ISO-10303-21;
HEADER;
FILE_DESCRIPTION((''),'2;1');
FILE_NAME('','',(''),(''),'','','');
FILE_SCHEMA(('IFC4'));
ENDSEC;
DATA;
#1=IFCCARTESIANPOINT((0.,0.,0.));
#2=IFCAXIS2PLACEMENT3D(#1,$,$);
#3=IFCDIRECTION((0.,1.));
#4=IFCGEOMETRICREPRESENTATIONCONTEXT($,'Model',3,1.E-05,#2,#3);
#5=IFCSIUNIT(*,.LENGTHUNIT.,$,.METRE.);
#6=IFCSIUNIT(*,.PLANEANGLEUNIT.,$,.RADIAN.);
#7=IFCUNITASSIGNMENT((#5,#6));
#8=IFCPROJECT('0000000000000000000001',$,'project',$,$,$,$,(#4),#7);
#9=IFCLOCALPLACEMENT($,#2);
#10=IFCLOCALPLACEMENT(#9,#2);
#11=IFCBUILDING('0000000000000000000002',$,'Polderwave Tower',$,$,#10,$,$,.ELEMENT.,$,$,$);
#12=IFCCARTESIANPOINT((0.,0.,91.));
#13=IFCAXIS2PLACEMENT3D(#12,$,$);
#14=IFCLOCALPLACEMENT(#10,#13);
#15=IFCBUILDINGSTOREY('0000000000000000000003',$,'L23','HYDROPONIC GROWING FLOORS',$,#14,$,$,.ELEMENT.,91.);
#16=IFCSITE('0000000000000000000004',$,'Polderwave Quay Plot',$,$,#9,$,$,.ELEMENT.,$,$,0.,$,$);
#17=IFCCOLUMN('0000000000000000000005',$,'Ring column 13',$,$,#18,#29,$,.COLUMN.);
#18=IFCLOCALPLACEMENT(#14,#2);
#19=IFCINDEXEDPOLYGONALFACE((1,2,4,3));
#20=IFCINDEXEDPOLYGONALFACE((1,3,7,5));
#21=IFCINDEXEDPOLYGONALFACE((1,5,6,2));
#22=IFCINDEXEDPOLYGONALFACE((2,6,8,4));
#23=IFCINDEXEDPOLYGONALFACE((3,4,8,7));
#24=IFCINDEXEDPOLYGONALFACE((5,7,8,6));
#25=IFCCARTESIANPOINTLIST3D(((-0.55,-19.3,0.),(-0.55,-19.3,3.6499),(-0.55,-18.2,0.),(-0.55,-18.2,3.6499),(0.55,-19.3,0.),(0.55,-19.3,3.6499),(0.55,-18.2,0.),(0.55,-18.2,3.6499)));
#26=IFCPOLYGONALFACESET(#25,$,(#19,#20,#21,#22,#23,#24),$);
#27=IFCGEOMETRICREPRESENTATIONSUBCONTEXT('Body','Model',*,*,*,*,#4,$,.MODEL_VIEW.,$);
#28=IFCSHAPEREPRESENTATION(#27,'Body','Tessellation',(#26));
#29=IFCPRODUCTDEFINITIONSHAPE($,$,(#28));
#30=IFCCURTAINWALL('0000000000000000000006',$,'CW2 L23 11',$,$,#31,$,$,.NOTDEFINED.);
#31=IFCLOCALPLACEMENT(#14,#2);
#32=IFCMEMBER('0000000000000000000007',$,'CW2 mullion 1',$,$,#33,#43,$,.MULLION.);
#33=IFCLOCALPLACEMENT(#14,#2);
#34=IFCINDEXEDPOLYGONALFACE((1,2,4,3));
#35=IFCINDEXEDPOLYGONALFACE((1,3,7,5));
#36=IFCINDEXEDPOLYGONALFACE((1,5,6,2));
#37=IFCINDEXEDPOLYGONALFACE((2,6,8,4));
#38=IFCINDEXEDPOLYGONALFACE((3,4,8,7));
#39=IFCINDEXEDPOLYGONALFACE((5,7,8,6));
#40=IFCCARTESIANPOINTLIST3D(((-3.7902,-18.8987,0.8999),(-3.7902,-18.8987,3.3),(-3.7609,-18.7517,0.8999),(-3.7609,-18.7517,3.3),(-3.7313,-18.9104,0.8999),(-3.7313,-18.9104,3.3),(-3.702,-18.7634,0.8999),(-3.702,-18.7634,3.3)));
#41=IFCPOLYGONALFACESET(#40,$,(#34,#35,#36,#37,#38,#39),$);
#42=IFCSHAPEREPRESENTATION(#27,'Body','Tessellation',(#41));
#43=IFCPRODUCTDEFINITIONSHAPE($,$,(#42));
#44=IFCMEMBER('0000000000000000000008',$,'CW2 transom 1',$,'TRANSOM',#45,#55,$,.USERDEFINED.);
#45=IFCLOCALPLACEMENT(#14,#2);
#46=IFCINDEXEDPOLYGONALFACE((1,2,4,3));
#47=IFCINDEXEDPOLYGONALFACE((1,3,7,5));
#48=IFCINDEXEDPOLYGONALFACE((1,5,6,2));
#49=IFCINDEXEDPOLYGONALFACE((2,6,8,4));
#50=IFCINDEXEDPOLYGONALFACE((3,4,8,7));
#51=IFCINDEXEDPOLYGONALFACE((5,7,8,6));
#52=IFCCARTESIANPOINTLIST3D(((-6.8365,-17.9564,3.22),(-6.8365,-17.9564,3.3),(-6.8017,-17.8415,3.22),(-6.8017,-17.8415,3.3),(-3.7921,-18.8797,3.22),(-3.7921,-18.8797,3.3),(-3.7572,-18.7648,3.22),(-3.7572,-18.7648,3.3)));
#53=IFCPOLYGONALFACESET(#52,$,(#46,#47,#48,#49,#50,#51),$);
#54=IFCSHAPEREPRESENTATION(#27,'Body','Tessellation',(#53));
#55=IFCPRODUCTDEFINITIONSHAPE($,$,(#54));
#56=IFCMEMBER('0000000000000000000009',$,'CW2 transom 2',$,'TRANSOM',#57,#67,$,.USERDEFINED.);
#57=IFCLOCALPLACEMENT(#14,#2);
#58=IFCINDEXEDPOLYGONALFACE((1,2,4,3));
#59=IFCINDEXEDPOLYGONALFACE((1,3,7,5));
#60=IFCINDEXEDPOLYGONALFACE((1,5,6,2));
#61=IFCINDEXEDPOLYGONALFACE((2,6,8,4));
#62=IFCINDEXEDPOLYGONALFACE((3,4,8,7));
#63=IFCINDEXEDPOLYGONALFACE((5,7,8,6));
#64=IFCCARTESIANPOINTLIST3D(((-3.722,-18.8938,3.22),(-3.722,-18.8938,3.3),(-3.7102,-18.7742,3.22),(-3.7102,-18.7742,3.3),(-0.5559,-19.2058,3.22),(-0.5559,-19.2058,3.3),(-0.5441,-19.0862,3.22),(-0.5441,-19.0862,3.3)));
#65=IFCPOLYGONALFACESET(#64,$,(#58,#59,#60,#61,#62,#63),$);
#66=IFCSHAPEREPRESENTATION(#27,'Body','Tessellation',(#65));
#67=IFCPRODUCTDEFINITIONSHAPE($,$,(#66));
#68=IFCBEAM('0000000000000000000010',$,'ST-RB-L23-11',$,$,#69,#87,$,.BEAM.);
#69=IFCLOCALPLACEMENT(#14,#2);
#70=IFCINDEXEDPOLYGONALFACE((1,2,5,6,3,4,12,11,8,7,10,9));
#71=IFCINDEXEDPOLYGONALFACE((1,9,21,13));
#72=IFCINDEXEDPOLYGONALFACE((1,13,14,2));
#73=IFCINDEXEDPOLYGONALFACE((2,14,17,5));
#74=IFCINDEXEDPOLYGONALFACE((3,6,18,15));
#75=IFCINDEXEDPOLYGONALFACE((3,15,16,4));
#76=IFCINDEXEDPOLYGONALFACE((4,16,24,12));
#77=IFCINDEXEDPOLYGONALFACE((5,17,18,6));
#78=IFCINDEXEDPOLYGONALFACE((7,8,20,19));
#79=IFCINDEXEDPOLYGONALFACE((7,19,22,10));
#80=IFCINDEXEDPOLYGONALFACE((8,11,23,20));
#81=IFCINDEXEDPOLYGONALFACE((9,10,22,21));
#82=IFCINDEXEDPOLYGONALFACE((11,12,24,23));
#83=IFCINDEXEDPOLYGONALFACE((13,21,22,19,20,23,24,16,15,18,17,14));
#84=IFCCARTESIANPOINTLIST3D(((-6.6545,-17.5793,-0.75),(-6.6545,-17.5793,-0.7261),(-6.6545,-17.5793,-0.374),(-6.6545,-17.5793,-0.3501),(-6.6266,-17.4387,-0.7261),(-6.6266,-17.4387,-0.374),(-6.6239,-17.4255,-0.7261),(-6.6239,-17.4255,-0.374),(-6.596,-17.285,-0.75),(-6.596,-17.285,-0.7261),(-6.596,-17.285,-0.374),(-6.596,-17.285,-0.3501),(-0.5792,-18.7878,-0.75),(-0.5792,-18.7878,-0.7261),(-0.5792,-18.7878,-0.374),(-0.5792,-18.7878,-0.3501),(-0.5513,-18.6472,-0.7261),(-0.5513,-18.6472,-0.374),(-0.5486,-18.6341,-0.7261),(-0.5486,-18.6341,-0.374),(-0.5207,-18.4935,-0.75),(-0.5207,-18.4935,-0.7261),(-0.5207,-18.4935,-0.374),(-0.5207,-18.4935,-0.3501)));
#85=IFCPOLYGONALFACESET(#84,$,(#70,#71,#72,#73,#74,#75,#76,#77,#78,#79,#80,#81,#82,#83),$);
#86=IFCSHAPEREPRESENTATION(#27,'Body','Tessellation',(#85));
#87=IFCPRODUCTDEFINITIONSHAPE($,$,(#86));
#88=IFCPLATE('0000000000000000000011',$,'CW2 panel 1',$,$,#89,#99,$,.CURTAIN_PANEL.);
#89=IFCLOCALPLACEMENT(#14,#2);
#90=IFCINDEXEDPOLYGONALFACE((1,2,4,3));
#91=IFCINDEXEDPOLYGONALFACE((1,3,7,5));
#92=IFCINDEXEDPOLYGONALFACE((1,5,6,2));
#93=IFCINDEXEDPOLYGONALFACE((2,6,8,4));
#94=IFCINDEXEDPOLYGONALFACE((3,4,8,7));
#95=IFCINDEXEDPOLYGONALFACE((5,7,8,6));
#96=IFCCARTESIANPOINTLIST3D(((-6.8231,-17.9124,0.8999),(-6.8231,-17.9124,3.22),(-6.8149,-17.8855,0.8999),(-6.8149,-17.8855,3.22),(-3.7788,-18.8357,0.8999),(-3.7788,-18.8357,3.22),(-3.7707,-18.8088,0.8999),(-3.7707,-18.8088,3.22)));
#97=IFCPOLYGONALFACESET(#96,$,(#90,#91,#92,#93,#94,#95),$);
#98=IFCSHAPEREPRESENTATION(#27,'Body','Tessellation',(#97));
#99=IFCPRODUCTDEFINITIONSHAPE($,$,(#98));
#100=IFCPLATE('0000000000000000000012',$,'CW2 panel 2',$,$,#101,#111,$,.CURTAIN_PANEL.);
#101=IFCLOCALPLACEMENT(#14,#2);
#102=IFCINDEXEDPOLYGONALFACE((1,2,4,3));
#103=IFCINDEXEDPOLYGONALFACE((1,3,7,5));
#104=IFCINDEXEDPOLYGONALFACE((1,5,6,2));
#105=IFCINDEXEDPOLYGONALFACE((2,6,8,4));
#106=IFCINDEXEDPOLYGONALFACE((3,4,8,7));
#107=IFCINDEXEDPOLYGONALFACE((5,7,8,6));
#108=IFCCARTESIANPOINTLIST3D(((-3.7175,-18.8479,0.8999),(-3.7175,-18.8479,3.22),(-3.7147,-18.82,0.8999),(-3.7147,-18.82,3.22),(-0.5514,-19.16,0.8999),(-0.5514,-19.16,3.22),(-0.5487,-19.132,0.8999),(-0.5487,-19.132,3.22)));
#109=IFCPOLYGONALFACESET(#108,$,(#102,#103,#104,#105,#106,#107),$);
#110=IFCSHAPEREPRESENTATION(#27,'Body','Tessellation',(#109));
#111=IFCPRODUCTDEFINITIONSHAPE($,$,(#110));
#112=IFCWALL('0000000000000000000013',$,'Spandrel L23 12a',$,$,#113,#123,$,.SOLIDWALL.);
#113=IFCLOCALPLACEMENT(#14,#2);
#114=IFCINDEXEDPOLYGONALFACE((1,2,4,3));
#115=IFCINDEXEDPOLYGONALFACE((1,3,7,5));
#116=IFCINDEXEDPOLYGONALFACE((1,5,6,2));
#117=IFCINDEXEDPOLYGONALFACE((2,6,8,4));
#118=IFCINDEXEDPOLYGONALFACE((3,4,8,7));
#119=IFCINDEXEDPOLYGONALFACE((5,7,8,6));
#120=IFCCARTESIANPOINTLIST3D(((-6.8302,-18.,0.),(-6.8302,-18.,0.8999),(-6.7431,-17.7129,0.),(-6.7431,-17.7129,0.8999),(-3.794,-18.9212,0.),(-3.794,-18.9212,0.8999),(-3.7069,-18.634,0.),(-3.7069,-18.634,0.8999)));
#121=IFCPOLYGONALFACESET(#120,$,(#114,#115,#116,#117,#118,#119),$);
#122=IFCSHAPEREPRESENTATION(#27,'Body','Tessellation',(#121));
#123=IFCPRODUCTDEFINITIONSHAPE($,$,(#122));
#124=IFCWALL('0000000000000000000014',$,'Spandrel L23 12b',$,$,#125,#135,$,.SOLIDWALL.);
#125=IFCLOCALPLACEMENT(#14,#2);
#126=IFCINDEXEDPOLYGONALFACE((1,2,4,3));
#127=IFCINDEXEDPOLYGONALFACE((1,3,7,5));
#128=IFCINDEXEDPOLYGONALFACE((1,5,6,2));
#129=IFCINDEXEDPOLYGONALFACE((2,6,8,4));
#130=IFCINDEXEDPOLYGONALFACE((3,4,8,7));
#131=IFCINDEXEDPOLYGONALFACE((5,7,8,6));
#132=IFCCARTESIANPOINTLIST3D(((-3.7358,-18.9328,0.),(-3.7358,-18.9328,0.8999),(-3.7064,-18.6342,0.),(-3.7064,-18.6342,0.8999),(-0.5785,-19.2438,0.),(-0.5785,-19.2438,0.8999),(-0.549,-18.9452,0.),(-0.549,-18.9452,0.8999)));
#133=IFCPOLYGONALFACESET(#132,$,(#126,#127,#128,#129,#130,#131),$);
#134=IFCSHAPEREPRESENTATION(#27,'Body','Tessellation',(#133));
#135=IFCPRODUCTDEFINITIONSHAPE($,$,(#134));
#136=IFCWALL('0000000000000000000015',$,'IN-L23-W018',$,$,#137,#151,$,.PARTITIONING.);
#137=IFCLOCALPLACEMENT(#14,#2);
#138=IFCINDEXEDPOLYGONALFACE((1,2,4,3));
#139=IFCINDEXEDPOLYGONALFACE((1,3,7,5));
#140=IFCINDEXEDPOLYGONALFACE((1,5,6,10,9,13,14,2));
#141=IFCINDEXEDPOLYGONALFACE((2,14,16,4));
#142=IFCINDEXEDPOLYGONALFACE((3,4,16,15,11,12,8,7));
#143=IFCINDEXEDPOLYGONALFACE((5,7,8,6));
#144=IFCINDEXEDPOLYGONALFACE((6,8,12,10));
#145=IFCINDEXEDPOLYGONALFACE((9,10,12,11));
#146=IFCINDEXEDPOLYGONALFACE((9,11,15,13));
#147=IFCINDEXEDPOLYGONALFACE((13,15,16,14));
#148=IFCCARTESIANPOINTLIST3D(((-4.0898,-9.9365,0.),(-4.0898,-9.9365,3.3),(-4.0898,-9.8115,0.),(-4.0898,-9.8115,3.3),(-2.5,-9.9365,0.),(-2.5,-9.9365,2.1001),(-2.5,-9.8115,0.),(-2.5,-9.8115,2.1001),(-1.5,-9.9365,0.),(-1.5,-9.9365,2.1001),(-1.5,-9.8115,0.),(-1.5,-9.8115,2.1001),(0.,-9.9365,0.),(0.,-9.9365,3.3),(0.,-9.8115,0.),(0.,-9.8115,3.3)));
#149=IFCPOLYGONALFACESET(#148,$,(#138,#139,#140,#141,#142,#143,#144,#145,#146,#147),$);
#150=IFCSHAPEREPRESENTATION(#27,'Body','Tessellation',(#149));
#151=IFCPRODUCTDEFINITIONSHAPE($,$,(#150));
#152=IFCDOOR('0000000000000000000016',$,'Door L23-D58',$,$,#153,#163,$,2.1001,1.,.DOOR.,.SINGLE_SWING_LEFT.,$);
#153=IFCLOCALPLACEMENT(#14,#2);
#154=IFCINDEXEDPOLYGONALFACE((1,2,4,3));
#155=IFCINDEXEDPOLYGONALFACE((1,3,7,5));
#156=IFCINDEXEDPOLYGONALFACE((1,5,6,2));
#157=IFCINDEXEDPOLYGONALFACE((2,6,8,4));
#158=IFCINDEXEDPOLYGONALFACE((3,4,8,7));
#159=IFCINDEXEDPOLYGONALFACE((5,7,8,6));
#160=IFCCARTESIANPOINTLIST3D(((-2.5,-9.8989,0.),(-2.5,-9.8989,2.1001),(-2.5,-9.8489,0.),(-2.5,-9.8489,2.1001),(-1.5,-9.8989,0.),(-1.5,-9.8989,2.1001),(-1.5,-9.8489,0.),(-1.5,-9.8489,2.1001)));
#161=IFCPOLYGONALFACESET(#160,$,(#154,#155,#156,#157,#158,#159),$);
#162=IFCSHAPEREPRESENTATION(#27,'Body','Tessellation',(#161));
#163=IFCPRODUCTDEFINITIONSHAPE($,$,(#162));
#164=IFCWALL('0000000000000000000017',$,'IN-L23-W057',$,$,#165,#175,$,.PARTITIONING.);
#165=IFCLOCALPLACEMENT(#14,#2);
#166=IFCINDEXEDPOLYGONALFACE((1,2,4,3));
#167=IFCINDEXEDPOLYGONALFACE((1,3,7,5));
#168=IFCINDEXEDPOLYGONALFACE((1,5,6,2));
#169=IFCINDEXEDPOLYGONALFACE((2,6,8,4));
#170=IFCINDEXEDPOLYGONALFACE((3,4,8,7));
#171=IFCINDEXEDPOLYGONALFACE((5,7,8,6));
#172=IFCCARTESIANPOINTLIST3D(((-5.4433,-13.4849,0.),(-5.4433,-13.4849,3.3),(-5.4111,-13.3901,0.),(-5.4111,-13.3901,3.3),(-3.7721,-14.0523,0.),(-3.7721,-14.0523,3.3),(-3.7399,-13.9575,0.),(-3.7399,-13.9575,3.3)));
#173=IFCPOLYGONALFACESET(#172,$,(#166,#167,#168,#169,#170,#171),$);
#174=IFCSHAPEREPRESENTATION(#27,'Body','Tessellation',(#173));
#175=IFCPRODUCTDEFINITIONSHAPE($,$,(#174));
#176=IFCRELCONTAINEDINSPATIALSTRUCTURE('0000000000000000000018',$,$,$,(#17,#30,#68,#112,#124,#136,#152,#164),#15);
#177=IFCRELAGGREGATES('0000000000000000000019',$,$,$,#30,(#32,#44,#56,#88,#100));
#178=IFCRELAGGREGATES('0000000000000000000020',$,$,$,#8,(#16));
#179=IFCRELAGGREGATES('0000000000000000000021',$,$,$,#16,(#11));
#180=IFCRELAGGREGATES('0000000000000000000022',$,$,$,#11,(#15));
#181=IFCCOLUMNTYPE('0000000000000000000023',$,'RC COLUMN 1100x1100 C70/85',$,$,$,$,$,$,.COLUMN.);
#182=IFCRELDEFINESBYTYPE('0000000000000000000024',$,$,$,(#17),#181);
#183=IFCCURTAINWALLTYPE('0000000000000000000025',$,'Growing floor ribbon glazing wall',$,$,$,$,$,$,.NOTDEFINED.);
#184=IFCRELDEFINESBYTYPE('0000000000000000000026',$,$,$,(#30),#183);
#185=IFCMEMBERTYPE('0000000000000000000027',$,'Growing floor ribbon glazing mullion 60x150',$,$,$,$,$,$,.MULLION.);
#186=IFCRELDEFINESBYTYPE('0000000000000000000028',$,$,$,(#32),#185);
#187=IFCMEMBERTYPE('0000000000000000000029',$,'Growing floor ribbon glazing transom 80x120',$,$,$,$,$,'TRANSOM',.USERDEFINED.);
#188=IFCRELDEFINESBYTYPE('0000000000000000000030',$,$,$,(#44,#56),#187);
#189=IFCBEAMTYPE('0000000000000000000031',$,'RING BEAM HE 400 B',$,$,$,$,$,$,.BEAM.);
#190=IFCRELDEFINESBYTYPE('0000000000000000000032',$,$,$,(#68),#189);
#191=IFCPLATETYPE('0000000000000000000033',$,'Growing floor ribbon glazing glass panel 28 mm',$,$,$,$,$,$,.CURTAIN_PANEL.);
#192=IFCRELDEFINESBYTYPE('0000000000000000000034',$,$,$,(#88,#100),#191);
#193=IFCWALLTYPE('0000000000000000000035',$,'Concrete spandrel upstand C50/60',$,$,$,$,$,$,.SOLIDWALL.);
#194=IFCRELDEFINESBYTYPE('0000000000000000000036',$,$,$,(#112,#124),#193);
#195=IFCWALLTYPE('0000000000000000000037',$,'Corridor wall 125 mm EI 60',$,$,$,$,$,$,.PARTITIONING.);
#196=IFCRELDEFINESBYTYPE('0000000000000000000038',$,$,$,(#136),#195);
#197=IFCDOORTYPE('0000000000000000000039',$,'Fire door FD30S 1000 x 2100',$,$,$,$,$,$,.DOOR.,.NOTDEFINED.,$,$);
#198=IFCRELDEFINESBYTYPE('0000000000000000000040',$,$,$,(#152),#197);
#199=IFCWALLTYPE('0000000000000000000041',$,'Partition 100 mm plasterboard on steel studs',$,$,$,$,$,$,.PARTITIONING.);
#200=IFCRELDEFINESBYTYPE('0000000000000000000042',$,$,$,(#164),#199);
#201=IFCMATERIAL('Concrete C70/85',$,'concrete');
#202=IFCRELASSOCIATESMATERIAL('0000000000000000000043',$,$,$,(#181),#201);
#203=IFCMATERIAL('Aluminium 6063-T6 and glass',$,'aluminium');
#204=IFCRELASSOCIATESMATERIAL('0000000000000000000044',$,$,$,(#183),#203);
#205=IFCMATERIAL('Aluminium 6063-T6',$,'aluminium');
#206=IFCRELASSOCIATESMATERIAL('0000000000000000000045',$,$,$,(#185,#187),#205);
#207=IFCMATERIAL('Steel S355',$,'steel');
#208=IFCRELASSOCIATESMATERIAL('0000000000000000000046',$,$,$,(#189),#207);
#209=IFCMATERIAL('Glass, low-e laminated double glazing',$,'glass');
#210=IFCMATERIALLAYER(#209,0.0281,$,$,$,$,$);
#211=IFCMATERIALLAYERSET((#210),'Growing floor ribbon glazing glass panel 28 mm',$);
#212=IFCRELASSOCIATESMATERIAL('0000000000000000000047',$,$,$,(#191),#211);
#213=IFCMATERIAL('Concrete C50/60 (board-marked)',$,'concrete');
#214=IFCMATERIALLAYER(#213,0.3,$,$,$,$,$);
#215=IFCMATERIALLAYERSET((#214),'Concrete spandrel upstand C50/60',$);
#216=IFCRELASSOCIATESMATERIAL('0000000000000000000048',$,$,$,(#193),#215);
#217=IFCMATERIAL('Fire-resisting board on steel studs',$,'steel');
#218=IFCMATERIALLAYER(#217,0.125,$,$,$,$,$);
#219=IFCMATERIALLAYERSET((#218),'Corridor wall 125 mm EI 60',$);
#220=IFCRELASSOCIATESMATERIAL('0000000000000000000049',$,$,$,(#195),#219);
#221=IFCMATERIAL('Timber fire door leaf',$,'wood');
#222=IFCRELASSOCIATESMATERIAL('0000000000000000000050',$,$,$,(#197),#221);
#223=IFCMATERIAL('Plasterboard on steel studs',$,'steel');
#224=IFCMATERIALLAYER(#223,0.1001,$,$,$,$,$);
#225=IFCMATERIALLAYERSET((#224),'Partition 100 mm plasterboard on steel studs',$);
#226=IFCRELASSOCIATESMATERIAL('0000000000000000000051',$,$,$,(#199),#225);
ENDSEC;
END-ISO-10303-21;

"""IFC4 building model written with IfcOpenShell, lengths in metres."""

from ifc_helpers import new_model, si_unit, direction, frame, frame_2d, origin, origin_2d, place, context, subcontext, project, spatial, rectangle, i_section, extrude, material, layer, layer_set, material_profile, profile_set, type_object, element, fill, aggregate, save


model = new_model("IFC4")

# Units and contexts
model_context = context("Model", 3, precision=1e-05, world=origin(), true_north=direction((0.0, 1.0)))
body_context = subcontext(model_context, "Body", "Model", "MODEL_VIEW")
ifc_project = project(units=[si_unit("LENGTHUNIT", "METRE"), si_unit("PLANEANGLEUNIT", "RADIAN")], contexts=[model_context])

# Site, building, storey
site_placement = place(None, origin())
site = spatial("IfcSite", under=ifc_project, at=site_placement, Name="Polderwave Quay Plot", CompositionType="ELEMENT", RefElevation=0.0)
building_placement = place(site_placement, origin())
building = spatial("IfcBuilding", under=site, at=building_placement, Name="Polderwave Tower", CompositionType="ELEMENT")
storey_placement = place(building_placement, frame((0.0, 0.0, 91.0)))
storey = spatial("IfcBuildingStorey", under=building, at=storey_placement, Name="L23", Description="HYDROPONIC GROWING FLOORS", CompositionType="ELEMENT", Elevation=91.0)

# Column
ifc_material_1 = material(Name="Concrete C70/85", Category="concrete")
ifc_material_profile_1 = material_profile(ifc_material_1, rectangle(XDim=1.1001, YDim=1.1001, at=origin_2d()), Name="RC 1100x1100")
ifc_profile_set_1 = profile_set([ifc_material_profile_1], Name="Concrete C70/85")
column_type = type_object("IfcColumnType", Name="RC COLUMN 1100x1100 C70/85", PredefinedType="COLUMN", material=ifc_profile_set_1)
column_placement = place(storey_placement, frame((0.0, -18.75, 0.0), z_axis=(0.0, 0.0, 1.0), x_axis=(0.0, -1.0, 0.0)))
element("IfcColumn", 1, at=column_placement, inside=storey, type_object=column_type, Name="Ring column 13", PredefinedType="COLUMN", context=body_context, shape_type="SweptSolid", body=[
    extrude(rectangle(XDim=1.1001, YDim=1.1001, at=origin_2d()), origin(), (0.0, 0.0, 1.0), 3.6499),
])

# Curtain wall, members
ifc_material_2 = material(Name="Aluminium 6063-T6 and glass", Category="aluminium")
curtain_wall_type = type_object("IfcCurtainWallType", Name="Growing floor ribbon glazing wall", PredefinedType="NOTDEFINED", material=ifc_material_2)
curtain_wall_placement = place(storey_placement, origin())
curtain_wall = element("IfcCurtainWall", 2, at=curtain_wall_placement, inside=storey, type_object=curtain_wall_type, Name="CW2 L23 11", PredefinedType="NOTDEFINED")
ifc_material_3 = material(Name="Aluminium 6063-T6", Category="aluminium")
ifc_material_profile_2 = material_profile(ifc_material_3, rectangle(XDim=0.1499, YDim=0.0601, at=origin_2d()), Name="AL 60x150")
ifc_profile_set_2 = profile_set([ifc_material_profile_2], Name="Aluminium 6063-T6")
member_type_1 = type_object("IfcMemberType", Name="Growing floor ribbon glazing mullion 60x150", PredefinedType="MULLION", material=ifc_profile_set_2)
member_1_placement = place(storey_placement, frame((-3.7461, -18.8311, 0.8999), z_axis=(0.0, 0.0, 1.0), x_axis=(0.195097, 0.980784, 0.0)))
member_1 = element("IfcMember", 3, at=member_1_placement, type_object=member_type_1, Name="CW2 mullion 1", PredefinedType="MULLION", context=body_context, shape_type="SweptSolid", body=[
    extrude(rectangle(XDim=0.1499, YDim=0.0601, at=origin_2d()), origin(), (0.0, 0.0, 1.0), 2.4001),
])
ifc_material_profile_3 = material_profile(ifc_material_3, rectangle(XDim=0.1201, YDim=0.0801, at=origin_2d()), Name="AL 80x120")
ifc_profile_set_3 = profile_set([ifc_material_profile_3], Name="Aluminium 6063-T6")
member_type_2 = type_object("IfcMemberType", Name="Growing floor ribbon glazing transom 80x120", ElementType="TRANSOM", PredefinedType="USERDEFINED", material=ifc_profile_set_3)
member_2_placement = place(storey_placement, frame((-6.8191, -17.8989, 3.26), z_axis=(0.956956, -0.290233, 0.0), x_axis=(0.290233, 0.956956, 0.0)))
member_2 = element("IfcMember", 4, at=member_2_placement, type_object=member_type_2, Name="CW2 transom 1", ObjectType="TRANSOM", PredefinedType="USERDEFINED", context=body_context, shape_type="SweptSolid", body=[
    extrude(rectangle(XDim=0.1201, YDim=0.0801, at=origin_2d()), origin(), (0.0, 0.0, 1.0), 3.1814),
])
member_3_placement = place(storey_placement, frame((-3.7161, -18.834, 3.26), z_axis=(0.995179, -0.098075, 0.0), x_axis=(0.098075, 0.995179, 0.0)))
member_3 = element("IfcMember", 5, at=member_3_placement, type_object=member_type_2, Name="CW2 transom 2", ObjectType="TRANSOM", PredefinedType="USERDEFINED", context=body_context, shape_type="SweptSolid", body=[
    extrude(rectangle(XDim=0.1201, YDim=0.0801, at=origin_2d()), origin(), (0.0, 0.0, 1.0), 3.1814),
])

# Beam
ifc_material_4 = material(Name="Steel S355", Category="steel")
ifc_material_profile_4 = material_profile(ifc_material_4, i_section(OverallWidth=0.3, OverallDepth=0.3999, WebThickness=0.0134, FlangeThickness=0.0239, at=origin_2d()), Name="HE 400 B")
ifc_profile_set_4 = profile_set([ifc_material_profile_4], Name="Steel S355")
beam_type = type_object("IfcBeamType", Name="RING BEAM HE 400 B", PredefinedType="BEAM", material=ifc_profile_set_4)
beam_placement = place(storey_placement, frame((-6.6252, -17.4321, -0.55), z_axis=(0.980783, -0.1951, 0.0), x_axis=(0.1951, 0.980783, 0.0)))
element("IfcBeam", 6, at=beam_placement, inside=storey, type_object=beam_type, Name="ST-RB-L23-11", PredefinedType="BEAM", context=body_context, shape_type="SweptSolid", body=[
    extrude(i_section(OverallWidth=0.3, OverallDepth=0.3999, WebThickness=0.0134, FlangeThickness=0.0239, at=origin_2d()), origin(), (0.0, 0.0, 1.0), 6.1943),
])

# Plates
ifc_material_5 = material(Name="Glass, low-e laminated double glazing", Category="glass")
ifc_layer_1 = layer(ifc_material_5, 0.0281)
ifc_layer_set_1 = layer_set([ifc_layer_1], Name="Growing floor ribbon glazing glass panel 28 mm")
plate_type = type_object("IfcPlateType", Name="Growing floor ribbon glazing glass panel 28 mm", PredefinedType="CURTAIN_PANEL", material=ifc_layer_set_1)
plate_1_placement = place(storey_placement, frame((-5.2969, -18.3606, 0.8999), z_axis=(0.0, 0.0, 1.0), x_axis=(0.956956, -0.290233, 0.0)))
plate_1 = element("IfcPlate", 7, at=plate_1_placement, type_object=plate_type, Name="CW2 panel 1", PredefinedType="CURTAIN_PANEL", context=body_context, shape_type="SweptSolid", body=[
    extrude(rectangle(XDim=3.1812, YDim=0.0281, at=origin_2d()), origin(), (0.0, 0.0, 1.0), 2.3201),
])
plate_2_placement = place(storey_placement, frame((-2.1331, -18.99, 0.8999), z_axis=(0.0, 0.0, 1.0), x_axis=(0.995178, -0.098085, 0.0)))
plate_2 = element("IfcPlate", 8, at=plate_2_placement, type_object=plate_type, Name="CW2 panel 2", PredefinedType="CURTAIN_PANEL", context=body_context, shape_type="SweptSolid", body=[
    extrude(rectangle(XDim=3.1814, YDim=0.0281, at=origin_2d()), origin(), (0.0, 0.0, 1.0), 2.3201),
])
aggregate(curtain_wall, [member_1, member_2, member_3, plate_1, plate_2])

# Walls
ifc_material_6 = material(Name="Concrete C50/60 (board-marked)", Category="concrete")
ifc_layer_2 = layer(ifc_material_6, 0.3)
ifc_layer_set_2 = layer_set([ifc_layer_2], Name="Concrete spandrel upstand C50/60")
wall_type_1 = type_object("IfcWallType", Name="Concrete spandrel upstand C50/60", PredefinedType="SOLIDWALL", material=ifc_layer_set_2)
wall_1_placement = place(storey_placement, frame((-6.7866, -17.8564, 0.0), z_axis=(0.0, 0.0, 1.0), x_axis=(0.956928, -0.290326, 0.0)))
element("IfcWall", 9, at=wall_1_placement, inside=storey, type_object=wall_type_1, Name="Spandrel L23 12a", PredefinedType="SOLIDWALL", context=body_context, shape_type="SweptSolid", body=[
    extrude(rectangle(XDim=3.1729, YDim=0.3, at=frame_2d((1.5864, 0.0))), origin(), (0.0, 0.0, 1.0), 0.8999),
])
wall_2_placement = place(storey_placement, frame((-3.7212, -18.7834, 0.0), z_axis=(0.0, 0.0, 1.0), x_axis=(0.995182, -0.098041, 0.0)))
element("IfcWall", 10, at=wall_2_placement, inside=storey, type_object=wall_type_1, Name="Spandrel L23 12b", PredefinedType="SOLIDWALL", context=body_context, shape_type="SweptSolid", body=[
    extrude(rectangle(XDim=3.1726, YDim=0.3, at=frame_2d((1.5864, 0.0))), origin(), (0.0, 0.0, 1.0), 0.8999),
])

# Wall, opening, door
ifc_material_7 = material(Name="Fire-resisting board on steel studs", Category="steel")
ifc_layer_3 = layer(ifc_material_7, 0.125)
ifc_layer_set_3 = layer_set([ifc_layer_3], Name="Corridor wall 125 mm EI 60")
wall_type_2 = type_object("IfcWallType", Name="Corridor wall 125 mm EI 60", PredefinedType="PARTITIONING", material=ifc_layer_set_3)
wall_3_placement = place(storey_placement, frame((0.0, -9.874, 0.0), z_axis=(0.0, 0.0, 1.0), x_axis=(-1.0, 0.0, 0.0)))
wall_3 = element("IfcWall", 11, at=wall_3_placement, inside=storey, type_object=wall_type_2, Name="IN-L23-W018", PredefinedType="PARTITIONING", context=body_context, shape_type="SweptSolid", body=[
    extrude(rectangle(XDim=4.0898, YDim=0.125, at=frame_2d((2.0449, 0.0))), origin(), (0.0, 0.0, 1.0), 3.3),
])
opening_1_placement = place(wall_3_placement, frame((1.5, 0.0, 0.0)))
opening_1 = element("IfcOpeningElement", 12, at=opening_1_placement, cuts=wall_3, PredefinedType="OPENING", context=body_context, shape_type="SweptSolid", body=[
    extrude(rectangle(XDim=1.0, YDim=2.1001, at=frame_2d((0.5, 1.05))), frame((0.0, 0.0725, 0.0), z_axis=(0.0, -1.0, 0.0), x_axis=(1.0, 0.0, 0.0)), (0.0, 0.0, 1.0), 0.145),
])
ifc_material_8 = material(Name="Timber fire door leaf", Category="wood")
door_type_1 = type_object("IfcDoorType", Name="Fire door FD30S 1000 x 2100", OperationType="NOTDEFINED", PredefinedType="DOOR", material=ifc_material_8)
door_1_placement = place(opening_1_placement, origin())
door_1 = element("IfcDoor", 13, at=door_1_placement, inside=storey, type_object=door_type_1, Name="Door L23-D58", OperationType="SINGLE_SWING_LEFT", OverallHeight=2.1001, OverallWidth=1.0, PredefinedType="DOOR", context=body_context, shape_type="SweptSolid", body=[
    extrude(rectangle(XDim=1.0, YDim=2.1001, at=frame_2d((0.5, 1.05))), frame((0.0, 0.0249, 0.0), z_axis=(0.0, -1.0, 0.0), x_axis=(1.0, 0.0, 0.0)), (0.0, 0.0, 1.0), 0.05),
])
fill(opening_1, door_1)

# Wall
ifc_material_9 = material(Name="Plasterboard on steel studs", Category="steel")
ifc_layer_4 = layer(ifc_material_9, 0.1001)
ifc_layer_set_4 = layer_set([ifc_layer_4], Name="Partition 100 mm plasterboard on steel studs")
wall_type_3 = type_object("IfcWallType", Name="Partition 100 mm plasterboard on steel studs", PredefinedType="PARTITIONING", material=ifc_layer_set_4)
wall_4_placement = place(storey_placement, frame((-3.7561, -14.0049, 0.0), z_axis=(0.0, 0.0, 1.0), x_axis=(-0.946912, 0.321493, 0.0)))
element("IfcWall", 14, at=wall_4_placement, inside=storey, type_object=wall_type_3, Name="IN-L23-W057", PredefinedType="PARTITIONING", context=body_context, shape_type="SweptSolid", body=[
    extrude(rectangle(XDim=1.7649, YDim=0.1001, at=frame_2d((0.8823, 0.0))), origin(), (0.0, 0.0, 1.0), 3.3),
])

save(model, "model.ifc")
